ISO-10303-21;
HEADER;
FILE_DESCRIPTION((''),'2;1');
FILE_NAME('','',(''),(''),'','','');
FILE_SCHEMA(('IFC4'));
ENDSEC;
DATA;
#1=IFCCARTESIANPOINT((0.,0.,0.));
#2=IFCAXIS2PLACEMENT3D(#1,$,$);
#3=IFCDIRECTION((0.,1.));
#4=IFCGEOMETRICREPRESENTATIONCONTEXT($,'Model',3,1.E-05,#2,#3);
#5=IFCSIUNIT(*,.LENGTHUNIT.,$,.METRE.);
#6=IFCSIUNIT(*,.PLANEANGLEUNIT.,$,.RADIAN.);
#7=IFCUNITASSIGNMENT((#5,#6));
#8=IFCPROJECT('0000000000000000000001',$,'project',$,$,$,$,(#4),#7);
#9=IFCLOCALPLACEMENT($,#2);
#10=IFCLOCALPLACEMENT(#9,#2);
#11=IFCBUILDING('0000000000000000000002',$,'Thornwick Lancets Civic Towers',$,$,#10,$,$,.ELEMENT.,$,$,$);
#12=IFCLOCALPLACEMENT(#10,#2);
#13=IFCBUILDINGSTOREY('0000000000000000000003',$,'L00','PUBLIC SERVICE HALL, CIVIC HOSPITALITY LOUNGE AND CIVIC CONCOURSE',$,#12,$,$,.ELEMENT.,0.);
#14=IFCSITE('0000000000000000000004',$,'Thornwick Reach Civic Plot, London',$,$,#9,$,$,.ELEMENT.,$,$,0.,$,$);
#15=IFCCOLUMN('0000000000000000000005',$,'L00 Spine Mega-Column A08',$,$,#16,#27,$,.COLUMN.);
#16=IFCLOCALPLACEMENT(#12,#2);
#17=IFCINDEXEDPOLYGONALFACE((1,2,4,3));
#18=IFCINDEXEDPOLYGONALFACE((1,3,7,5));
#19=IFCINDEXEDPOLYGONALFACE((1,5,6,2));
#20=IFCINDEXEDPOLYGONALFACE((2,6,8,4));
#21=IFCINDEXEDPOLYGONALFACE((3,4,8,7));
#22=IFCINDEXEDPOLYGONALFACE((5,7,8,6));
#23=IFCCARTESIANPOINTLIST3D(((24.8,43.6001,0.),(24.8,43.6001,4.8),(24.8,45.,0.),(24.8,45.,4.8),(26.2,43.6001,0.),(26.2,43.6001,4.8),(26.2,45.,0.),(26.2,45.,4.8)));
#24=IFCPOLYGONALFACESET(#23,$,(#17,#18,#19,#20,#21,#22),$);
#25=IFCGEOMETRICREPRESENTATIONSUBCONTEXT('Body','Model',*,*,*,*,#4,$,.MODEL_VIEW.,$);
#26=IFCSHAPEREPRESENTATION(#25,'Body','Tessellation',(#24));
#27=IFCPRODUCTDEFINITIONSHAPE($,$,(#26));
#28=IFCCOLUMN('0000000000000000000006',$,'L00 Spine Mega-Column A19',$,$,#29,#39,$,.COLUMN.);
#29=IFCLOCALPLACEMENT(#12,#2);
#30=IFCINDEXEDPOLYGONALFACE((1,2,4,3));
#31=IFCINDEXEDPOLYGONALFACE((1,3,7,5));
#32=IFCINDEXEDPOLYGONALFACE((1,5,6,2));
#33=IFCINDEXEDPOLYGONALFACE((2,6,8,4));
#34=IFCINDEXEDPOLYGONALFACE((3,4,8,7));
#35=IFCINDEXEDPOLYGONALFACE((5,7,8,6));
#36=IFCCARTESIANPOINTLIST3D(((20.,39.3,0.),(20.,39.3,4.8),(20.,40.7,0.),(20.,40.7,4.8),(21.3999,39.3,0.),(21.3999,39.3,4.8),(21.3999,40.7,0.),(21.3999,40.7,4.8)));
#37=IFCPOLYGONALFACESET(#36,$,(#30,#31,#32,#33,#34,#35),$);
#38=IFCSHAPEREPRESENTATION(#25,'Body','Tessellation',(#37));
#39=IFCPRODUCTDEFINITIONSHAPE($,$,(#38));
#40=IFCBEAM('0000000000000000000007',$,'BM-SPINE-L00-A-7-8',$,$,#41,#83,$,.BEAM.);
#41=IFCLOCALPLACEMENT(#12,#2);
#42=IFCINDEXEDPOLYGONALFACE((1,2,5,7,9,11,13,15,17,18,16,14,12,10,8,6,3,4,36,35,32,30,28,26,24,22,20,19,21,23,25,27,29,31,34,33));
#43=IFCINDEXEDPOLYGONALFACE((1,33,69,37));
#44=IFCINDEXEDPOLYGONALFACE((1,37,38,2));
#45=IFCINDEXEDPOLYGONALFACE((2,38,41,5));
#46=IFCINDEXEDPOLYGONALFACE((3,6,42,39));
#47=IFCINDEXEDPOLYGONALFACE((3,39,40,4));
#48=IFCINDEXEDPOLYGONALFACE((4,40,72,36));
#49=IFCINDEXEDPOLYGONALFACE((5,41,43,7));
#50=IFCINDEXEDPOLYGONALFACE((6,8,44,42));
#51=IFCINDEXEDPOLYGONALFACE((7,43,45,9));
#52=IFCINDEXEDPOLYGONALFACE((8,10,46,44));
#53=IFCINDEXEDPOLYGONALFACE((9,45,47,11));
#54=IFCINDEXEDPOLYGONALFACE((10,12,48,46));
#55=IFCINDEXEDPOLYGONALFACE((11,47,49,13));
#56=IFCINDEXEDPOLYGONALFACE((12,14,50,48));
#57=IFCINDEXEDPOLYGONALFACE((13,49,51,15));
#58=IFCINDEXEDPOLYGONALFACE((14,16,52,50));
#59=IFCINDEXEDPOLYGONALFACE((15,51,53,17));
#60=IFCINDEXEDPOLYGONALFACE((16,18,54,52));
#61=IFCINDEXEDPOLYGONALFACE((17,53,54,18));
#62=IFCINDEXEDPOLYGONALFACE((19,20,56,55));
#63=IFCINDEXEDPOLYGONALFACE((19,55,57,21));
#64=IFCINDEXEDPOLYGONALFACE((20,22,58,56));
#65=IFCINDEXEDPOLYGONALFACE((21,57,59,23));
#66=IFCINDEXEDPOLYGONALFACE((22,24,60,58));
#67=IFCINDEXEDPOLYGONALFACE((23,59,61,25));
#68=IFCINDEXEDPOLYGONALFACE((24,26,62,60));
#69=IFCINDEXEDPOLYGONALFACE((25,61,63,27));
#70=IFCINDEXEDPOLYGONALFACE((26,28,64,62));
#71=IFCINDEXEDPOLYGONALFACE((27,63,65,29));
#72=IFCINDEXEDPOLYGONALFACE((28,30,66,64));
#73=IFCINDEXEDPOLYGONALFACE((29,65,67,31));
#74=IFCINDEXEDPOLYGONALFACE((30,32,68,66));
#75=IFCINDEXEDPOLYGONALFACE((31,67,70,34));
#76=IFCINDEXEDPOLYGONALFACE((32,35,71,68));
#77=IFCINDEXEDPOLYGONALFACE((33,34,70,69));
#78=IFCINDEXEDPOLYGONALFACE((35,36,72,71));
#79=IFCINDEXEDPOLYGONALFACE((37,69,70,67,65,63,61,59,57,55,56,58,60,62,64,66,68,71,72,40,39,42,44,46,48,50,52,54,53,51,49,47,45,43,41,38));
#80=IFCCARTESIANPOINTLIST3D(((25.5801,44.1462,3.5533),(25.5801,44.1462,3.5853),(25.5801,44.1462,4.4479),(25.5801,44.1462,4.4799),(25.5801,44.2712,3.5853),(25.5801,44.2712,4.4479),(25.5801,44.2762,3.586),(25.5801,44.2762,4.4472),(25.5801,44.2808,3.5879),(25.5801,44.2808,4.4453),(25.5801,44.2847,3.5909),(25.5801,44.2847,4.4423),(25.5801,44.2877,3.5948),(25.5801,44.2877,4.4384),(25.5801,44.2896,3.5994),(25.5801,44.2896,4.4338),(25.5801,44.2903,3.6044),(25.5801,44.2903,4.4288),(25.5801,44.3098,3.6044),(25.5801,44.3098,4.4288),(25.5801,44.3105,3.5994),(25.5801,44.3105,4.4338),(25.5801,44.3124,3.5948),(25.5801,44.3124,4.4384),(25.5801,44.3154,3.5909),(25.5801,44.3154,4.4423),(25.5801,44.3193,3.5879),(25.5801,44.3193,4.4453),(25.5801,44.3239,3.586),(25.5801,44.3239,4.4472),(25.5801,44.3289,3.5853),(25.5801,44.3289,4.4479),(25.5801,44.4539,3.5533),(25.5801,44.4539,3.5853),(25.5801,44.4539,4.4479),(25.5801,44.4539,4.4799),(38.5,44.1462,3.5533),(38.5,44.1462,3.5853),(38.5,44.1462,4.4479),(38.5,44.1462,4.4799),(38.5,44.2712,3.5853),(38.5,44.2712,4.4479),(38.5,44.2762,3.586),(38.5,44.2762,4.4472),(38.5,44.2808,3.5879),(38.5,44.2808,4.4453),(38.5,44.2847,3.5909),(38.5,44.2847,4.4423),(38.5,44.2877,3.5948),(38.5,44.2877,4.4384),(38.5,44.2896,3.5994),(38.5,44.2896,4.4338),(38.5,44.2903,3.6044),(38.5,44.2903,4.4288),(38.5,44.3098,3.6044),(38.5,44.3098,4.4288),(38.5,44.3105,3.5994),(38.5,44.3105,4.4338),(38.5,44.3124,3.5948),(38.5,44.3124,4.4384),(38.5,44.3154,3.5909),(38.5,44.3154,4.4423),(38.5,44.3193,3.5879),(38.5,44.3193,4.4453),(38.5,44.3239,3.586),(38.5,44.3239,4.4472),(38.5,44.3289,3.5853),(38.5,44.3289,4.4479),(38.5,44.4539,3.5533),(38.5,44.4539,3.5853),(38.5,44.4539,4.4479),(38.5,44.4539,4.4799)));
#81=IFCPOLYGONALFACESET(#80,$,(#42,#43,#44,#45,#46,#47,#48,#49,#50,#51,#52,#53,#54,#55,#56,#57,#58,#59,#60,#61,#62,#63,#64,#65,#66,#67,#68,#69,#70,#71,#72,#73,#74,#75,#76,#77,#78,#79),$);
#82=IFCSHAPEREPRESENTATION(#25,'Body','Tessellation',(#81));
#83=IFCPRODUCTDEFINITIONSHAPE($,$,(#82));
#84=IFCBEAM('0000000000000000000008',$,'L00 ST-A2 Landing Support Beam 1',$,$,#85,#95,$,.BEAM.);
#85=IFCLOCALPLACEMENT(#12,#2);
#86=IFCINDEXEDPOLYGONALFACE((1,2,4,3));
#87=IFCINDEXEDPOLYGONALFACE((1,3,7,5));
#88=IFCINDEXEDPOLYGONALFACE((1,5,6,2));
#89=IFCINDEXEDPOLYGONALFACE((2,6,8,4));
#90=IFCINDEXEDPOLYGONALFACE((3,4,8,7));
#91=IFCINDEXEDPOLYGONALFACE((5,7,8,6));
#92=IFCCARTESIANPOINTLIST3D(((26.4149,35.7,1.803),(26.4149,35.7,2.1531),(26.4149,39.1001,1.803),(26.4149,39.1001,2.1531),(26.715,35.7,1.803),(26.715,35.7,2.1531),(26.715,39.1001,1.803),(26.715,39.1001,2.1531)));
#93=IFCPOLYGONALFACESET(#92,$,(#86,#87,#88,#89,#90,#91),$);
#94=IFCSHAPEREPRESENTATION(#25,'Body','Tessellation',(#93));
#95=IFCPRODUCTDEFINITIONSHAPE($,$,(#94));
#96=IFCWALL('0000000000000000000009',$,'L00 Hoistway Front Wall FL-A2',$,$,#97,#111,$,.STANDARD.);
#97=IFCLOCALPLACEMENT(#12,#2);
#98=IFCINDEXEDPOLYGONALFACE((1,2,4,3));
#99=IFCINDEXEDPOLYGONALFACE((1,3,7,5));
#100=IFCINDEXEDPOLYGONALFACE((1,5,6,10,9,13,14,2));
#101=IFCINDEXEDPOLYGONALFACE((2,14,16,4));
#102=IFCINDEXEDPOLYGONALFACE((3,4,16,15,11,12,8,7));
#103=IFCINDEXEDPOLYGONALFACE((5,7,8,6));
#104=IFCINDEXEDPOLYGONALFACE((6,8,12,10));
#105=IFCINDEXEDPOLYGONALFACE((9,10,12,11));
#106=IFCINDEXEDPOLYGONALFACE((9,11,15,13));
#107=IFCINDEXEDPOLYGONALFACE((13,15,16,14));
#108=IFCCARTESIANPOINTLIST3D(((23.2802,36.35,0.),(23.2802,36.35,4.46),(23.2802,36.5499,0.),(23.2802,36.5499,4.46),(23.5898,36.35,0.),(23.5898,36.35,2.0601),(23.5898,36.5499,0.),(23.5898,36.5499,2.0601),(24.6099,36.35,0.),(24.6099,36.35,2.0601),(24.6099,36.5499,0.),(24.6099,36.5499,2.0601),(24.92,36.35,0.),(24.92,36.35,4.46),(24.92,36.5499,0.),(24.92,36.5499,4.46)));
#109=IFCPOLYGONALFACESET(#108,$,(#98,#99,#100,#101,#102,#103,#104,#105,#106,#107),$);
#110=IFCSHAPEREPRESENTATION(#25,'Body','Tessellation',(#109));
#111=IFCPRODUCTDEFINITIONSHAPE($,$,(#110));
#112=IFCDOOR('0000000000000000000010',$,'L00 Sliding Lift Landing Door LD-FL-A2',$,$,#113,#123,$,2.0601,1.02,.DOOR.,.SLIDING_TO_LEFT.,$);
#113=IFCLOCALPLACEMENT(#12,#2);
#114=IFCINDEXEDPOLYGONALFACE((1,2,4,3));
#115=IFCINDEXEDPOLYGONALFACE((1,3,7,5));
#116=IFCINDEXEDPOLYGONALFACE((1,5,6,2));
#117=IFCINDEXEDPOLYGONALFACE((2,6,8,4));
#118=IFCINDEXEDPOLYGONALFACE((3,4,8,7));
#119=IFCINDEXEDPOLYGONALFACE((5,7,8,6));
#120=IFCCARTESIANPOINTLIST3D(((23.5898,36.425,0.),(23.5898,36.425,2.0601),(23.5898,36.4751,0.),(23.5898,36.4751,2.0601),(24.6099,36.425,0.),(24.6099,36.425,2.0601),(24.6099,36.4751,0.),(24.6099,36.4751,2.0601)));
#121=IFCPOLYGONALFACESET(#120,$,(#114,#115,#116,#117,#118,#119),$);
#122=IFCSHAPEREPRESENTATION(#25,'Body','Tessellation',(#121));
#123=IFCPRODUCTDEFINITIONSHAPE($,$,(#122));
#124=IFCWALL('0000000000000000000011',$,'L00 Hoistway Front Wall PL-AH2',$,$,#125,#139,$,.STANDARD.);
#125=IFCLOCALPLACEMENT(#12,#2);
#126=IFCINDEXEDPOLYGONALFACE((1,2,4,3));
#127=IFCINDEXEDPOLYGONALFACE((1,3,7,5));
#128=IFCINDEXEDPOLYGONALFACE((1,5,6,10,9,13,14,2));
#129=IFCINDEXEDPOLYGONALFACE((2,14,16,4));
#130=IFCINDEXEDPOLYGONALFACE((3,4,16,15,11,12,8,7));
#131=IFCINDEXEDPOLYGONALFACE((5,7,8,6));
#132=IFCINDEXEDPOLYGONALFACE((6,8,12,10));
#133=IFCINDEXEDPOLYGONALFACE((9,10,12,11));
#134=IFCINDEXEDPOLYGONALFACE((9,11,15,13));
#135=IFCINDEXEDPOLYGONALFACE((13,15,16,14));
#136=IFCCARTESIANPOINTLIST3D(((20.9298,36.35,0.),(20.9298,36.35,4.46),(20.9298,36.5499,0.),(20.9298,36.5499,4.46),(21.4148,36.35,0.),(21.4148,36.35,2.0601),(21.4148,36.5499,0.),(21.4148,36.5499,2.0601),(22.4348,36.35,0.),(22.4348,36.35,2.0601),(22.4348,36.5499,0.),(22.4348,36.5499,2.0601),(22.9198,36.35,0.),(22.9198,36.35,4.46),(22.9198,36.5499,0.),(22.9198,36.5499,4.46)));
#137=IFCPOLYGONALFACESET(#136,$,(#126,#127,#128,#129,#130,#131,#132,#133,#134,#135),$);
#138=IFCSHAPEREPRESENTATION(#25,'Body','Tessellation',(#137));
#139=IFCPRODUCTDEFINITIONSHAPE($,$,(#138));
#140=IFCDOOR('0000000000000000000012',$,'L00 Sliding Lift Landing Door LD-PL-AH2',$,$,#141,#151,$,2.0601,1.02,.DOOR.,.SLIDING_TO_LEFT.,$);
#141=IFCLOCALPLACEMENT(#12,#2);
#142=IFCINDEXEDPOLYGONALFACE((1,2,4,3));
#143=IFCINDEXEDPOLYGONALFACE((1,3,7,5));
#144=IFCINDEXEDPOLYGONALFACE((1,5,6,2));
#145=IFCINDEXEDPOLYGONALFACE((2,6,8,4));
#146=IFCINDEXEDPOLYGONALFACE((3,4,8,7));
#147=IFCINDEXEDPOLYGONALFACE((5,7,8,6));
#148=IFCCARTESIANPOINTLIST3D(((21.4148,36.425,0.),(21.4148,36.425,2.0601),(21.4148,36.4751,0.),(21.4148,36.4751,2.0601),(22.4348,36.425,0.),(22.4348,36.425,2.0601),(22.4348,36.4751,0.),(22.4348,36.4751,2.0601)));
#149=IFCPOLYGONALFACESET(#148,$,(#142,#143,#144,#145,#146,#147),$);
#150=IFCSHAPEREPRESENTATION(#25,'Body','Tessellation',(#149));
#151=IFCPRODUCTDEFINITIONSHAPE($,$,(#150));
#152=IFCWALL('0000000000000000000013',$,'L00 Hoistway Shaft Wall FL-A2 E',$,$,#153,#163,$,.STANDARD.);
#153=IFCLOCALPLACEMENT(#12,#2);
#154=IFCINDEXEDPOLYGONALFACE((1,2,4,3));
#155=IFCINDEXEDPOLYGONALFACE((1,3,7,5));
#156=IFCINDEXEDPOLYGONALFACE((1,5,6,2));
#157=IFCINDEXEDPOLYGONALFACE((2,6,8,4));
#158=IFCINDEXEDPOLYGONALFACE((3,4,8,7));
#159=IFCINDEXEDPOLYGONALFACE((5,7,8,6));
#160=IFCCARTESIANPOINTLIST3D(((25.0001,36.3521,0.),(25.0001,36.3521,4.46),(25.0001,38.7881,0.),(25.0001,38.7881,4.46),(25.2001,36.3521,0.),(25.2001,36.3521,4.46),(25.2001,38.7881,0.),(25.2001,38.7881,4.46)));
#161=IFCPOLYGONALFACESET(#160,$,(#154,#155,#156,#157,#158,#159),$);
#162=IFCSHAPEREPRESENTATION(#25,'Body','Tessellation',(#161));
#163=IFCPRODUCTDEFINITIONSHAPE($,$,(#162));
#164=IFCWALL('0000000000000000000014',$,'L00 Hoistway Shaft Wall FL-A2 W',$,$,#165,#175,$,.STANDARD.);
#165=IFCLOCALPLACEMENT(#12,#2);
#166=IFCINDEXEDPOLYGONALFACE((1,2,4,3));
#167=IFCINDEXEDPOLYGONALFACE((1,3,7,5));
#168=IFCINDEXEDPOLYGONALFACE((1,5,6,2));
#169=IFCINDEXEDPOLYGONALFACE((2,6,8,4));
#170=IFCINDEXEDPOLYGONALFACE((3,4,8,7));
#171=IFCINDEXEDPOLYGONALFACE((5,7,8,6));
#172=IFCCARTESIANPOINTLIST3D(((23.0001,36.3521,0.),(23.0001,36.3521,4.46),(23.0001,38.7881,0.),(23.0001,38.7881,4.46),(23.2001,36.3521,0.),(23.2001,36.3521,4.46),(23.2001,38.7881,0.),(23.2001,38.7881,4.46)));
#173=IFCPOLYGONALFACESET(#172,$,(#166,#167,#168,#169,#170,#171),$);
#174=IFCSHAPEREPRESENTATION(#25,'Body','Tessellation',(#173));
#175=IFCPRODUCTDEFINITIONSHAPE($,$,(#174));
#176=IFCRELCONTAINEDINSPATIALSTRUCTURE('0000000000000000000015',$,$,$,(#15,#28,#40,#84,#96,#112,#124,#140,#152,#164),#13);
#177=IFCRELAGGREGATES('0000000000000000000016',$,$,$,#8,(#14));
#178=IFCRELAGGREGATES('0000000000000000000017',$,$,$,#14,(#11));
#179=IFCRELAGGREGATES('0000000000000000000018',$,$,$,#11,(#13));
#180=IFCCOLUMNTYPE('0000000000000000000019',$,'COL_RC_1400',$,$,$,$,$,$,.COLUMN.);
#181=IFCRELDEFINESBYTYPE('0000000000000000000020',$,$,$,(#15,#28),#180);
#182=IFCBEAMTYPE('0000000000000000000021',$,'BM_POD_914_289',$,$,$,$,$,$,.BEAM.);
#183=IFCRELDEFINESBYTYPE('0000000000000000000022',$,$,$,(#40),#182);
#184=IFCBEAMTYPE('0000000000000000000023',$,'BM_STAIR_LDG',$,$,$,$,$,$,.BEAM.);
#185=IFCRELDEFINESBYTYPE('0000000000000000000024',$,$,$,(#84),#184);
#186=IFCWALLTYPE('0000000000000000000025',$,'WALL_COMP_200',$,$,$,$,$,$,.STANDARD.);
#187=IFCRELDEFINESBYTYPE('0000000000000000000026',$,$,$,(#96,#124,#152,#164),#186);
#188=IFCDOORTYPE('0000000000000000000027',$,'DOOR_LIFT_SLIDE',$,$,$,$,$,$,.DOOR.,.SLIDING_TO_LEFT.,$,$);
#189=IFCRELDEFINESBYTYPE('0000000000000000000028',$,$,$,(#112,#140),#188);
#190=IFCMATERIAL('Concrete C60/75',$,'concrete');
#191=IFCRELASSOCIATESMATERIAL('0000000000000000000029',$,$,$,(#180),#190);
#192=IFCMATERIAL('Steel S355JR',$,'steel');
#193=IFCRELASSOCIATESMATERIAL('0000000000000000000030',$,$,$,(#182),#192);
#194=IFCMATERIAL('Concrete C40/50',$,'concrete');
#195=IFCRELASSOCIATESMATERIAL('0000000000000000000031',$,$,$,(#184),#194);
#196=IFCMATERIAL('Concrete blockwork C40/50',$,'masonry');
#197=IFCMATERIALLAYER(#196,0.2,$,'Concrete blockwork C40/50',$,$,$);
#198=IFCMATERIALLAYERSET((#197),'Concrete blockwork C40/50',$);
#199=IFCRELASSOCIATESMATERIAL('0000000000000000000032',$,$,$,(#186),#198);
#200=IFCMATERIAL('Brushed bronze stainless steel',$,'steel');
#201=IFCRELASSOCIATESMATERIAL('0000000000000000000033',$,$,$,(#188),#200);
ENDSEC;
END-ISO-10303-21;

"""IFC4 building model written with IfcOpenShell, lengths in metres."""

from ifc_helpers import new_model, si_unit, direction, frame, frame_2d, origin, origin_2d, place, context, subcontext, project, spatial, rectangle, i_section, extrude, material, layer, layer_set, material_profile, profile_set, type_object, element, fill, save


model = new_model("IFC4")

# Units and contexts
model_context = context("Model", 3, precision=1e-05, world=origin(), true_north=direction((0.0, 1.0)))
body_context = subcontext(model_context, "Body", "Model", "MODEL_VIEW")
ifc_project = project(units=[si_unit("LENGTHUNIT", "METRE"), si_unit("PLANEANGLEUNIT", "RADIAN")], contexts=[model_context])

# Site, building, storey
site_placement = place(None, origin())
site = spatial("IfcSite", under=ifc_project, at=site_placement, Name="Thornwick Reach Civic Plot, London", CompositionType="ELEMENT", RefElevation=0.0)
building_placement = place(site_placement, origin())
building = spatial("IfcBuilding", under=site, at=building_placement, Name="Thornwick Lancets Civic Towers", CompositionType="ELEMENT")
storey_placement = place(building_placement, origin())
storey = spatial("IfcBuildingStorey", under=building, at=storey_placement, Name="L00", Description="PUBLIC SERVICE HALL, CIVIC HOSPITALITY LOUNGE AND CIVIC CONCOURSE", CompositionType="ELEMENT", Elevation=0.0)

# Columns
ifc_material_1 = material(Name="Concrete C60/75", Category="concrete")
ifc_material_profile_1 = material_profile(ifc_material_1, rectangle(XDim=1.3999, YDim=1.3999, at=origin_2d()), Name="RC 1400x1400")
ifc_profile_set_1 = profile_set([ifc_material_profile_1], Name="Concrete C60/75")
column_type = type_object("IfcColumnType", Name="COL_RC_1400", PredefinedType="COLUMN", material=ifc_profile_set_1)
for number, where, z_axis, x_axis, name in (
    (1, (25.5, 44.3, 0.0), (0.0, 0.0, 1.0), (1.0, 0.0, 0.0), "L00 Spine Mega-Column A08"),
    (2, (20.7, 40.0, 0.0), (0.0, 0.0, 1.0), (1.0, 0.0, 0.0), "L00 Spine Mega-Column A19"),
):
    element("IfcColumn", number, at=place(storey_placement, frame(where, z_axis=z_axis, x_axis=x_axis)), inside=storey, type_object=column_type, Name=name, PredefinedType="COLUMN", context=body_context, shape_type="SweptSolid", body=[
        extrude(rectangle(XDim=1.3999, YDim=1.3999, at=origin_2d()), origin(), (0.0, 0.0, 1.0), 4.8),
    ])

# Beams
ifc_material_2 = material(Name="Steel S355JR", Category="steel")
ifc_material_profile_2 = material_profile(ifc_material_2, i_section(OverallWidth=0.3076, OverallDepth=0.9265, WebThickness=0.0195, FlangeThickness=0.032, FilletRadius=0.019, at=origin_2d()), Name="UKB 914x305x289")
ifc_profile_set_2 = profile_set([ifc_material_profile_2], Name="Steel S355JR")
beam_type_1 = type_object("IfcBeamType", Name="BM_POD_914_289", PredefinedType="BEAM", material=ifc_profile_set_2)
beam_1_placement = place(storey_placement, frame((25.5801, 44.3, 4.0166), z_axis=(1.0, 0.0, 0.0), x_axis=(0.0, 1.0, 0.0)))
element("IfcBeam", 3, at=beam_1_placement, inside=storey, type_object=beam_type_1, Name="BM-SPINE-L00-A-7-8", PredefinedType="BEAM", context=body_context, shape_type="SweptSolid", body=[
    extrude(i_section(OverallWidth=0.3076, OverallDepth=0.9265, WebThickness=0.0195, FlangeThickness=0.032, FilletRadius=0.019, at=origin_2d()), origin(), (0.0, 0.0, 1.0), 12.9199),
])
ifc_material_3 = material(Name="Concrete C40/50", Category="concrete")
ifc_material_profile_3 = material_profile(ifc_material_3, rectangle(XDim=0.3, YDim=0.3501, at=origin_2d()), Name="RC 300x350")
ifc_profile_set_3 = profile_set([ifc_material_profile_3], Name="Concrete C40/50")
beam_type_2 = type_object("IfcBeamType", Name="BM_STAIR_LDG", PredefinedType="BEAM", material=ifc_profile_set_3)
beam_2_placement = place(storey_placement, frame((26.5649, 39.1001, 1.978), z_axis=(0.0, -1.0, 0.0), x_axis=(1.0, 0.0, 0.0)))
element("IfcBeam", 4, at=beam_2_placement, inside=storey, type_object=beam_type_2, Name="L00 ST-A2 Landing Support Beam 1", PredefinedType="BEAM", context=body_context, shape_type="SweptSolid", body=[
    extrude(rectangle(XDim=0.3, YDim=0.3501, at=origin_2d()), origin(), (0.0, 0.0, 1.0), 3.4001),
])

# Walls, openings, doors
ifc_material_4 = material(Name="Concrete blockwork C40/50", Category="masonry")
ifc_layer_1 = layer(ifc_material_4, 0.2, Name="Concrete blockwork C40/50")
ifc_layer_set_1 = layer_set([ifc_layer_1], Name="Concrete blockwork C40/50")
wall_type_1 = type_object("IfcWallType", Name="WALL_COMP_200", PredefinedType="STANDARD", material=ifc_layer_set_1)
wall_1_placement = place(storey_placement, frame((24.9199, 36.45, 0.0), z_axis=(0.0, 0.0, 1.0), x_axis=(-1.0, 0.0, 0.0)))
wall_1 = element("IfcWall", 5, at=wall_1_placement, inside=storey, type_object=wall_type_1, Name="L00 Hoistway Front Wall FL-A2", PredefinedType="STANDARD", context=body_context, shape_type="SweptSolid", body=[
    extrude(rectangle(XDim=1.6399, YDim=0.2, at=frame_2d((0.8198, 0.0))), origin(), (0.0, 0.0, 1.0), 4.46),
])
opening_1_placement = place(wall_1_placement, frame((0.3101, 0.0, 0.0)))
opening_1 = element("IfcOpeningElement", 6, at=opening_1_placement, cuts=wall_1, PredefinedType="OPENING", context=body_context, shape_type="SweptSolid", body=[
    extrude(rectangle(XDim=1.02, YDim=2.0601, at=frame_2d((0.51, 1.03))), frame((0.0, 0.1099, 0.0), z_axis=(0.0, -1.0, 0.0), x_axis=(1.0, 0.0, 0.0)), (0.0, 0.0, 1.0), 0.22),
])
ifc_material_5 = material(Name="Brushed bronze stainless steel", Category="steel")
door_type = type_object("IfcDoorType", Name="DOOR_LIFT_SLIDE", OperationType="SLIDING_TO_LEFT", PredefinedType="DOOR", material=ifc_material_5)
door_1_placement = place(opening_1_placement, origin())
door_1 = element("IfcDoor", 7, at=door_1_placement, inside=storey, type_object=door_type, Name="L00 Sliding Lift Landing Door LD-FL-A2", OperationType="SLIDING_TO_LEFT", OverallHeight=2.0601, OverallWidth=1.02, PredefinedType="DOOR", context=body_context, shape_type="SweptSolid", body=[
    extrude(rectangle(XDim=1.02, YDim=2.0601, at=frame_2d((0.51, 1.03))), frame((0.0, 0.0249, 0.0), z_axis=(0.0, -1.0, 0.0), x_axis=(1.0, 0.0, 0.0)), (0.0, 0.0, 1.0), 0.05),
])
fill(opening_1, door_1)
wall_2_placement = place(storey_placement, frame((22.9199, 36.45, 0.0), z_axis=(0.0, 0.0, 1.0), x_axis=(-1.0, 0.0, 0.0)))
wall_2 = element("IfcWall", 8, at=wall_2_placement, inside=storey, type_object=wall_type_1, Name="L00 Hoistway Front Wall PL-AH2", PredefinedType="STANDARD", context=body_context, shape_type="SweptSolid", body=[
    extrude(rectangle(XDim=1.99, YDim=0.2, at=frame_2d((0.9951, 0.0))), origin(), (0.0, 0.0, 1.0), 4.46),
])
opening_2_placement = place(wall_2_placement, frame((0.4851, 0.0, 0.0)))
opening_2 = element("IfcOpeningElement", 9, at=opening_2_placement, cuts=wall_2, PredefinedType="OPENING", context=body_context, shape_type="SweptSolid", body=[
    extrude(rectangle(XDim=1.02, YDim=2.0601, at=frame_2d((0.51, 1.03))), frame((0.0, 0.1099, 0.0), z_axis=(0.0, -1.0, 0.0), x_axis=(1.0, 0.0, 0.0)), (0.0, 0.0, 1.0), 0.22),
])
door_2_placement = place(opening_2_placement, origin())
door_2 = element("IfcDoor", 10, at=door_2_placement, inside=storey, type_object=door_type, Name="L00 Sliding Lift Landing Door LD-PL-AH2", OperationType="SLIDING_TO_LEFT", OverallHeight=2.0601, OverallWidth=1.02, PredefinedType="DOOR", context=body_context, shape_type="SweptSolid", body=[
    extrude(rectangle(XDim=1.02, YDim=2.0601, at=frame_2d((0.51, 1.03))), frame((0.0, 0.0249, 0.0), z_axis=(0.0, -1.0, 0.0), x_axis=(1.0, 0.0, 0.0)), (0.0, 0.0, 1.0), 0.05),
])
fill(opening_2, door_2)

# Walls
for number, where, z_axis, x_axis, name in (
    (11, (25.1001, 36.3521, 0.0), (0.0, 0.0, 1.0), (0.0, 1.0, 0.0), "L00 Hoistway Shaft Wall FL-A2 E"),
    (12, (23.1001, 36.3521, 0.0), (0.0, 0.0, 1.0), (0.0, 1.0, 0.0), "L00 Hoistway Shaft Wall FL-A2 W"),
):
    element("IfcWall", number, at=place(storey_placement, frame(where, z_axis=z_axis, x_axis=x_axis)), inside=storey, type_object=wall_type_1, Name=name, PredefinedType="STANDARD", context=body_context, shape_type="SweptSolid", body=[
        extrude(rectangle(XDim=2.436, YDim=0.2, at=frame_2d((1.218, 0.0))), origin(), (0.0, 0.0, 1.0), 4.46),
    ])

save(model, "model.ifc")
